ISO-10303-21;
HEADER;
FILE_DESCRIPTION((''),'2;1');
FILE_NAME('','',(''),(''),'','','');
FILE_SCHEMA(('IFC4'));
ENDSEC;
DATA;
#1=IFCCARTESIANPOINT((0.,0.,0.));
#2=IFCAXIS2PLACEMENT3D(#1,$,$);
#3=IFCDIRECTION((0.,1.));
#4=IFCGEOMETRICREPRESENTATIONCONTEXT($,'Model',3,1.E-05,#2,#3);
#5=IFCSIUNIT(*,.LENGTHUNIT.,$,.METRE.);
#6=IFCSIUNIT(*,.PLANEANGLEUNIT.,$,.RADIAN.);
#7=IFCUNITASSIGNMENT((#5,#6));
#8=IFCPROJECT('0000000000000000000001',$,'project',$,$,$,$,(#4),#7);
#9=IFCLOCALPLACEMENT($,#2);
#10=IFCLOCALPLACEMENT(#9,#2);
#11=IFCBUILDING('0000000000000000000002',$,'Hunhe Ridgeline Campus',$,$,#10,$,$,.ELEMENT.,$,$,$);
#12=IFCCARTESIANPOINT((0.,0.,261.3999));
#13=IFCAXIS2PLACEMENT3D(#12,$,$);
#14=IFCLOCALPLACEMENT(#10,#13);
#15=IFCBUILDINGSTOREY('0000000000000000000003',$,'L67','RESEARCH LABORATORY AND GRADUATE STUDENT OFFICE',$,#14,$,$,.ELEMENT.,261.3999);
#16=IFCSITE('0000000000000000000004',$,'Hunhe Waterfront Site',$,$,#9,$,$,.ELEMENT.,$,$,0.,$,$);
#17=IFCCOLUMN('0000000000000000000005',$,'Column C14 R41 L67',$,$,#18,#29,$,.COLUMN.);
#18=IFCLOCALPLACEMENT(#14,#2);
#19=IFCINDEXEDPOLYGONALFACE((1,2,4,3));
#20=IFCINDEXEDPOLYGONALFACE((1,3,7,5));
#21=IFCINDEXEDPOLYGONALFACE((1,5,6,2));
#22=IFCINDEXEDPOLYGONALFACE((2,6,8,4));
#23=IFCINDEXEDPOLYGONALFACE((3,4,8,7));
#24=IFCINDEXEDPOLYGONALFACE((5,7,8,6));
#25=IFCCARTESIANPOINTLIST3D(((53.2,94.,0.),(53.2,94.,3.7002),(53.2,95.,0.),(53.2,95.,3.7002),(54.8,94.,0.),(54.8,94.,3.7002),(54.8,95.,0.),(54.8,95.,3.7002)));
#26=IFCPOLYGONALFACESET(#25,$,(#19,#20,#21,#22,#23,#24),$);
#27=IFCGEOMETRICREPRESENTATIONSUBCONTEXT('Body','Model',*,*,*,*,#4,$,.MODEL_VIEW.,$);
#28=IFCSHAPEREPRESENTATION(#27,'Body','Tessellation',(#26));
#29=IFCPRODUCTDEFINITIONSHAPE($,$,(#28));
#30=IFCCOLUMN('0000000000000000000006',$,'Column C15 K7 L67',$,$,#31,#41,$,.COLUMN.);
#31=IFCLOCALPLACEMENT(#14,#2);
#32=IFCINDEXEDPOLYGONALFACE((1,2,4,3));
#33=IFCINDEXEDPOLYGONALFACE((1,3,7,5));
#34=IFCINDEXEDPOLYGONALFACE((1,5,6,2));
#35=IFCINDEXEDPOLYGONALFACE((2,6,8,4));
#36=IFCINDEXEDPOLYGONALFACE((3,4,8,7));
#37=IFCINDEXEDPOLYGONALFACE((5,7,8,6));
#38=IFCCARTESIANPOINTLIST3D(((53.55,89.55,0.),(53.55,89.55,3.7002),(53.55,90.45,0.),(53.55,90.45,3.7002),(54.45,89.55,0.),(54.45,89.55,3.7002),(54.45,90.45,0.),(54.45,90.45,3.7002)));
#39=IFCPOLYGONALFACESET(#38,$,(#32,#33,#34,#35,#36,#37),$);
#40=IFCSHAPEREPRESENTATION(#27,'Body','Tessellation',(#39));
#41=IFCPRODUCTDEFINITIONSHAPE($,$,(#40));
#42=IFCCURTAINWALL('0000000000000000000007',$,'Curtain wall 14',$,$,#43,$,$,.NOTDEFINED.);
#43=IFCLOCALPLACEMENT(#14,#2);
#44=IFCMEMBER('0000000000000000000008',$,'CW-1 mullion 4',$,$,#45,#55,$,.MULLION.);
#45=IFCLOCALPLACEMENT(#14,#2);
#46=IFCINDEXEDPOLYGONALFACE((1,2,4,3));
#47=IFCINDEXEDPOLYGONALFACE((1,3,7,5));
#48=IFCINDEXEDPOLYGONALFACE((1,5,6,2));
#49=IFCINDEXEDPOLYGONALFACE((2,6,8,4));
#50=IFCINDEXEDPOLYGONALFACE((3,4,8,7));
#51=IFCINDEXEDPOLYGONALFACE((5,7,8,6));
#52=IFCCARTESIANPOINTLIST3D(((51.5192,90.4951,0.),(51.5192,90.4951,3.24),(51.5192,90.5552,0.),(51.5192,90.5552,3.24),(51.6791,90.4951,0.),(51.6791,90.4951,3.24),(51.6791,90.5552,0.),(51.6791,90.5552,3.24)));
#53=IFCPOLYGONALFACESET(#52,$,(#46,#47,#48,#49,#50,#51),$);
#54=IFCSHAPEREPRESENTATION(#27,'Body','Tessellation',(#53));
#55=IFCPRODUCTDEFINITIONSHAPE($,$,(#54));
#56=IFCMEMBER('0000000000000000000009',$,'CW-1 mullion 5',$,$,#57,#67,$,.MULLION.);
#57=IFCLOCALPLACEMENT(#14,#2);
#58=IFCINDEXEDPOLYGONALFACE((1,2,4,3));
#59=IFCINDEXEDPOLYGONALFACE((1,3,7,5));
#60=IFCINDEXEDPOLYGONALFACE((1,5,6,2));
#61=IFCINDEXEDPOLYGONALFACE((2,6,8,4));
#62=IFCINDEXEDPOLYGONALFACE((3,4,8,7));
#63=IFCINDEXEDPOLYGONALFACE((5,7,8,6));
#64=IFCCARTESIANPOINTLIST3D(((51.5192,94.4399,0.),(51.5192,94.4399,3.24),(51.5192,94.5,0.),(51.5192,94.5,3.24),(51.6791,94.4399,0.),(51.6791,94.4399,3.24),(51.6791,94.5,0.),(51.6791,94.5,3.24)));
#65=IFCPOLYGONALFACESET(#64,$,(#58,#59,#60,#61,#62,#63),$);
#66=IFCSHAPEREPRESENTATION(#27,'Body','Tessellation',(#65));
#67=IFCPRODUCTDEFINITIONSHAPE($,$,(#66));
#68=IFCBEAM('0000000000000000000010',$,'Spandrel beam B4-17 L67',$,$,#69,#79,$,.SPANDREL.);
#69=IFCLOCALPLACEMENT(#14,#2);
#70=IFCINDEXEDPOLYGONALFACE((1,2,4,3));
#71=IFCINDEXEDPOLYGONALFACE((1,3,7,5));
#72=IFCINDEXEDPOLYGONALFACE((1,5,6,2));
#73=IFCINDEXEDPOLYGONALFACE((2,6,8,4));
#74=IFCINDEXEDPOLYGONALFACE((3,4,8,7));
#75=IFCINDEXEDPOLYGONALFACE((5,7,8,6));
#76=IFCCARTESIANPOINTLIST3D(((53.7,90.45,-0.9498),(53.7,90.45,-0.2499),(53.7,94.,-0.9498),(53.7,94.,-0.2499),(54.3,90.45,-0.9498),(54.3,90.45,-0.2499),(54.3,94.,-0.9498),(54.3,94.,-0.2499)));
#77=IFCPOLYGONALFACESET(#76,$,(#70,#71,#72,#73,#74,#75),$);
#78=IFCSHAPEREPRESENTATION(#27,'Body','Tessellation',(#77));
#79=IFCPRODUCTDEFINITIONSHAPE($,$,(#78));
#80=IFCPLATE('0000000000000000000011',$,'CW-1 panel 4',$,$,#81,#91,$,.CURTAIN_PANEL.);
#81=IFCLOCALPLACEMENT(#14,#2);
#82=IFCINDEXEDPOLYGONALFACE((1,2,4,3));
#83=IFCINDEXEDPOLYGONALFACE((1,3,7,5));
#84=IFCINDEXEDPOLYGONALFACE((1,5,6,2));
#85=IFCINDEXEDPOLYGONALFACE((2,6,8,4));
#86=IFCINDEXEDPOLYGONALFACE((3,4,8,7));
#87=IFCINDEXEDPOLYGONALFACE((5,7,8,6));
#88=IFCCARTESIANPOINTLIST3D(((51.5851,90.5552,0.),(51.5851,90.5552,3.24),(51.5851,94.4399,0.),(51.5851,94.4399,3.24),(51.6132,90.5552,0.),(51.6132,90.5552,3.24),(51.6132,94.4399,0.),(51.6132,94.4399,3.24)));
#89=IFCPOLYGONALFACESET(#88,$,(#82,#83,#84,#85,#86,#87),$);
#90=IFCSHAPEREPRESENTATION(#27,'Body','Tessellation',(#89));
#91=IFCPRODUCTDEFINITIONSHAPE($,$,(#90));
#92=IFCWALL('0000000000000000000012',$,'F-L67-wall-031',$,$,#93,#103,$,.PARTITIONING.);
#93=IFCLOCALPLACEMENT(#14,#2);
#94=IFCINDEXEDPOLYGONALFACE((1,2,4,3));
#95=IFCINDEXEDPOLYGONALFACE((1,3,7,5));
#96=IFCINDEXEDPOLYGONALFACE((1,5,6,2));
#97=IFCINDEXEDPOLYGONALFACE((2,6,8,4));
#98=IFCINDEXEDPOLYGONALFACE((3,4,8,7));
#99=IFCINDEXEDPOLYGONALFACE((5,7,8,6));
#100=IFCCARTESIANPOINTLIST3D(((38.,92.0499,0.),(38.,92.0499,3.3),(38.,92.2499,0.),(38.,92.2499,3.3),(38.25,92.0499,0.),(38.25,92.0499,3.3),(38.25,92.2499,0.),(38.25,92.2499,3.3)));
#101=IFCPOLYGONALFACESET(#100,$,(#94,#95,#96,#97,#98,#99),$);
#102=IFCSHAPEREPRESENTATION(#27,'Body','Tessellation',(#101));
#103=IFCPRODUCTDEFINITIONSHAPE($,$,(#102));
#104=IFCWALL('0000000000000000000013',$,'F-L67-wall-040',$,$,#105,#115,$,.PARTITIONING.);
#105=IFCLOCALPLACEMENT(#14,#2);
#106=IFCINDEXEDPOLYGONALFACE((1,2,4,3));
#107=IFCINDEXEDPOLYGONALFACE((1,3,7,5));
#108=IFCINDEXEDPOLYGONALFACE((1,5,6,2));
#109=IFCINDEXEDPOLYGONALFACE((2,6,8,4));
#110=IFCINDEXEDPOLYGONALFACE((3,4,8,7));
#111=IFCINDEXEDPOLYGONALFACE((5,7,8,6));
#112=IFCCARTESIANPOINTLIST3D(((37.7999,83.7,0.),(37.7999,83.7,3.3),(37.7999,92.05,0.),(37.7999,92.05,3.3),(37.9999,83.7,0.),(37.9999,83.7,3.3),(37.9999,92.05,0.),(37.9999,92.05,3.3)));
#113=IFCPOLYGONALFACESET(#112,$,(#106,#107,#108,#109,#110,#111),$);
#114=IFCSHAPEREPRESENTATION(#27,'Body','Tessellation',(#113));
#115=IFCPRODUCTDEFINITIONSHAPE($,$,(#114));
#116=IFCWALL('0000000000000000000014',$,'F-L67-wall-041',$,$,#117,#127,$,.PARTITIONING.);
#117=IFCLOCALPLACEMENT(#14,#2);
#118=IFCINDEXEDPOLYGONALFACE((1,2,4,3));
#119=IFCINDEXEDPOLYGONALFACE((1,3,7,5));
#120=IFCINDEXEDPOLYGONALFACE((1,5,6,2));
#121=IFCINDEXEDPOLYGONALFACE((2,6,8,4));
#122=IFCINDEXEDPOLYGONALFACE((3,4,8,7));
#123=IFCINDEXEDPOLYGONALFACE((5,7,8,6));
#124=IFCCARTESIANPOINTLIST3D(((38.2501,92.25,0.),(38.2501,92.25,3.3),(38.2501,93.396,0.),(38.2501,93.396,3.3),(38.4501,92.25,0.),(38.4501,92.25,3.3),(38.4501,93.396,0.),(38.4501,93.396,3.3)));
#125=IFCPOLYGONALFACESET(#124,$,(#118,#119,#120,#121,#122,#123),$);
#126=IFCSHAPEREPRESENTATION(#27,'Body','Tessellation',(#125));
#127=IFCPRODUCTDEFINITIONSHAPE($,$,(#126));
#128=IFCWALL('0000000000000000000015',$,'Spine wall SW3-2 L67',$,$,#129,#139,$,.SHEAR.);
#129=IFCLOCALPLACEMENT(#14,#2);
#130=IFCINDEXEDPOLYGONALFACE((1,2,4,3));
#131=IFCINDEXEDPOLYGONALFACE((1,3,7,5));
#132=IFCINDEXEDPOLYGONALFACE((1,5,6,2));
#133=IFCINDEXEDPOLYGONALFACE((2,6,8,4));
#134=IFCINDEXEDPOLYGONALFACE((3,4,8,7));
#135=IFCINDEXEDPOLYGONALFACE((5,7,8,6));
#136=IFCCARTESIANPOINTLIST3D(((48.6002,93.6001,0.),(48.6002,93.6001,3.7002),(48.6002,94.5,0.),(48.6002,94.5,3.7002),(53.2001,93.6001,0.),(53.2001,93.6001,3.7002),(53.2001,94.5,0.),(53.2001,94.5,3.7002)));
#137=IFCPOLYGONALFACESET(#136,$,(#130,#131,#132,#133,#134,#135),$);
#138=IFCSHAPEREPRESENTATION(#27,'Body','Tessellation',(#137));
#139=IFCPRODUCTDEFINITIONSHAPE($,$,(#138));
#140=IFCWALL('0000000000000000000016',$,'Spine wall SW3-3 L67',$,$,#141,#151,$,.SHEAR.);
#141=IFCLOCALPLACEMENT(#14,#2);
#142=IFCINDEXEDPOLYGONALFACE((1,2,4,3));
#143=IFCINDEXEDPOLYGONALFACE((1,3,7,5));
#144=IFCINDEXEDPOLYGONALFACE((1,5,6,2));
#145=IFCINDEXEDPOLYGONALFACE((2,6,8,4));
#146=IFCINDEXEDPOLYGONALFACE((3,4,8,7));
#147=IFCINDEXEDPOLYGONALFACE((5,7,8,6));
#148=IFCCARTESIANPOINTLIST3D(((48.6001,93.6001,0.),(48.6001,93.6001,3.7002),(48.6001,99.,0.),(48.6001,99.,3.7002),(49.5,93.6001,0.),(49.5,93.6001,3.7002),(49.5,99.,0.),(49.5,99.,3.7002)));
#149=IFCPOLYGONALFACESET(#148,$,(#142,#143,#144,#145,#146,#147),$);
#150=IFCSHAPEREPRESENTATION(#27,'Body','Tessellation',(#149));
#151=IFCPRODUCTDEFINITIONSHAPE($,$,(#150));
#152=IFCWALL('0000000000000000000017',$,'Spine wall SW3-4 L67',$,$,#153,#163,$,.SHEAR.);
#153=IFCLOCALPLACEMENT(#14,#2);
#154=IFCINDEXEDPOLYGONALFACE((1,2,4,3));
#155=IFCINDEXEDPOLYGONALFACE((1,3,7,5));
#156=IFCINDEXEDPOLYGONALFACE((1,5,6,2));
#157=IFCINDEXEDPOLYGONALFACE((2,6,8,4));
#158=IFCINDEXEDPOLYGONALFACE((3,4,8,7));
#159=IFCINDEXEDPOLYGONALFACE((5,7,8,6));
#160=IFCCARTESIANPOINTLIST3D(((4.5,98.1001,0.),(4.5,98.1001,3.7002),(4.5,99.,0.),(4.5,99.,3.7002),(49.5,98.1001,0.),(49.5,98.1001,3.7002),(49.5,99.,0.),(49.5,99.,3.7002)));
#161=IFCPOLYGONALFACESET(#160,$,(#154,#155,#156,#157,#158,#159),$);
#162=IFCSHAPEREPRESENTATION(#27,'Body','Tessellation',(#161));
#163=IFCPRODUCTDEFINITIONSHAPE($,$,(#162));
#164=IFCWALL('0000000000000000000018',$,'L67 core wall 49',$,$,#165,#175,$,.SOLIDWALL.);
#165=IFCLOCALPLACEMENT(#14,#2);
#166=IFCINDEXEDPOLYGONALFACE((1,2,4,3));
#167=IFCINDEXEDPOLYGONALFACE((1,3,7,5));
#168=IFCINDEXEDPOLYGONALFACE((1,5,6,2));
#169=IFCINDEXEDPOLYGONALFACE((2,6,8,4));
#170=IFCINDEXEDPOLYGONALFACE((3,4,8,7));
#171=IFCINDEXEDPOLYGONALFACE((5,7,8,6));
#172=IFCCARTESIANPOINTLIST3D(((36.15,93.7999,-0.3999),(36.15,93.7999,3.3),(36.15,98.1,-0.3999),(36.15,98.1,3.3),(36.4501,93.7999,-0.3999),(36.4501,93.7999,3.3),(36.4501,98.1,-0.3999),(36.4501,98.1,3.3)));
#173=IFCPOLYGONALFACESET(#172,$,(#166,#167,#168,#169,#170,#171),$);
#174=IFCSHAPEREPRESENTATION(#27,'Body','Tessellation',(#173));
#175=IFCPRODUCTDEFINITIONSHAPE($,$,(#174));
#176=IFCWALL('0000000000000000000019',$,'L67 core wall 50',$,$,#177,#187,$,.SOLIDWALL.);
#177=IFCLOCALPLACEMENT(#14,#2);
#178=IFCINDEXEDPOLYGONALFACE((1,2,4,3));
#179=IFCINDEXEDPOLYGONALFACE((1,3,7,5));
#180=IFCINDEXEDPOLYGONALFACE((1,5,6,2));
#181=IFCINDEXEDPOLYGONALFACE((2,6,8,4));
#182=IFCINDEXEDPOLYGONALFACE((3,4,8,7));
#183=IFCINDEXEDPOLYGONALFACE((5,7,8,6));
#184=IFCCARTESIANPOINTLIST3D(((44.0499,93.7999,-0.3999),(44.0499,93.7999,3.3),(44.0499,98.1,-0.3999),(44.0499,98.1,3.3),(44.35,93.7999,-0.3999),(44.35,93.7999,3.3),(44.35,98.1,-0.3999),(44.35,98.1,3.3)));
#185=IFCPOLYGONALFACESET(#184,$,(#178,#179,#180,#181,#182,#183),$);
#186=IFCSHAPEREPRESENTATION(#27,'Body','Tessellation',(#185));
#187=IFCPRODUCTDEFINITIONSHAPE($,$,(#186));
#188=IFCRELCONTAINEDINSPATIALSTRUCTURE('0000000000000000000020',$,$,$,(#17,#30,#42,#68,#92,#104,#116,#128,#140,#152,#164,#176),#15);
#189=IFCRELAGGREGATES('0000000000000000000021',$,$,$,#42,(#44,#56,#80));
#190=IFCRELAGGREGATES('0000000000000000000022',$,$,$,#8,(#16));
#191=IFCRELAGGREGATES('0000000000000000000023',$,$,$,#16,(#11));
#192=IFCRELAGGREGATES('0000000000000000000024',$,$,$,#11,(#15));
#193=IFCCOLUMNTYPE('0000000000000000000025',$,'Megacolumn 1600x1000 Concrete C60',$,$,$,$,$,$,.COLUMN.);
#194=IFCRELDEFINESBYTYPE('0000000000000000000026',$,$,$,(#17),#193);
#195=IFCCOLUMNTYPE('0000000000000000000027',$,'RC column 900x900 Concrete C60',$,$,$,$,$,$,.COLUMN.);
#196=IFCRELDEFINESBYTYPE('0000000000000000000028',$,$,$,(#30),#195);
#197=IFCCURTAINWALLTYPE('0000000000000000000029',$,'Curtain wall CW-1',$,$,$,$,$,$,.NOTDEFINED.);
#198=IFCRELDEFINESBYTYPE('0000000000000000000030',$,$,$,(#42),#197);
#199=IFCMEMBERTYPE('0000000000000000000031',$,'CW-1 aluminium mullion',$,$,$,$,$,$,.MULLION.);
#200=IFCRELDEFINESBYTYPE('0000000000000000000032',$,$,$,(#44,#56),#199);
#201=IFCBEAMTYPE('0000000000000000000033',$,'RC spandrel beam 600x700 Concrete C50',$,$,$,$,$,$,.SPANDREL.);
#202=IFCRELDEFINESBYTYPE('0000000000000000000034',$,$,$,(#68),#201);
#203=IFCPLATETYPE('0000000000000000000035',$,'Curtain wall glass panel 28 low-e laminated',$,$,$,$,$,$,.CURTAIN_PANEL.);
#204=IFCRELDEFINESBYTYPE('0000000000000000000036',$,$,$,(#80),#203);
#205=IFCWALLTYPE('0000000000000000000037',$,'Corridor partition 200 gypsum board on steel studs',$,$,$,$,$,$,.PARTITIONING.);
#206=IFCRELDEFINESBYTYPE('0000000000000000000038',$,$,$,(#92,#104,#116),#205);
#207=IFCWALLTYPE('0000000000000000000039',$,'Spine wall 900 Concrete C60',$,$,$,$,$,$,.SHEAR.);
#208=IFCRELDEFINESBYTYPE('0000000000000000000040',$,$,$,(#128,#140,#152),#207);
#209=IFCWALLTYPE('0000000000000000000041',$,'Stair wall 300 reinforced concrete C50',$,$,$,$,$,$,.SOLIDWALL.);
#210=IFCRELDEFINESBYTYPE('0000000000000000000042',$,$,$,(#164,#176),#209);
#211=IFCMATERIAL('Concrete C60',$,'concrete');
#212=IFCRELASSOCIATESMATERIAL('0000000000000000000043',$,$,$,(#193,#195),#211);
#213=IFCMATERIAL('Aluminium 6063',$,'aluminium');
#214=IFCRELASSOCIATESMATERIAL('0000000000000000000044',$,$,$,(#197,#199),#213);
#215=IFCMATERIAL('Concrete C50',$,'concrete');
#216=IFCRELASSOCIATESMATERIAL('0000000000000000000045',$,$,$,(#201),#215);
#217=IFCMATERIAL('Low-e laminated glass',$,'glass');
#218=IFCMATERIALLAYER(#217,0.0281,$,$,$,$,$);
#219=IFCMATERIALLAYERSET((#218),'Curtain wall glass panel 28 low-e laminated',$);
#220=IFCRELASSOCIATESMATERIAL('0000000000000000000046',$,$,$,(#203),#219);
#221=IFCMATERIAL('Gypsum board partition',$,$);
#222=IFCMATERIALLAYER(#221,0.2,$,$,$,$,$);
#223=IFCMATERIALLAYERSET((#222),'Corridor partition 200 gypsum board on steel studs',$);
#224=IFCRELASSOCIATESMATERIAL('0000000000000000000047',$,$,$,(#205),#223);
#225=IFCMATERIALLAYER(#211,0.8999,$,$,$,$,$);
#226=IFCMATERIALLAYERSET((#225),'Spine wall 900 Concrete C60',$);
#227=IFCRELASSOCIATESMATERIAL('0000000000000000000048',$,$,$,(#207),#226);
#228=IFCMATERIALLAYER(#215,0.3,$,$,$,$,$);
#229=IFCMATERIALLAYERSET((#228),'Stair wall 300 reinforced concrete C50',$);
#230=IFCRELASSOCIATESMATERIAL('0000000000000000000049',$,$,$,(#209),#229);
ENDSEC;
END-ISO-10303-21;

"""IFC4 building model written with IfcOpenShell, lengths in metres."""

from ifc_helpers import new_model, si_unit, direction, frame, frame_2d, origin, origin_2d, place, context, subcontext, project, spatial, rectangle, extrude, material, layer, layer_set, material_profile, profile_set, type_object, element, aggregate, save


model = new_model("IFC4")

# Units and contexts
model_context = context("Model", 3, precision=1e-05, world=origin(), true_north=direction((0.0, 1.0)))
body_context = subcontext(model_context, "Body", "Model", "MODEL_VIEW")
ifc_project = project(units=[si_unit("LENGTHUNIT", "METRE"), si_unit("PLANEANGLEUNIT", "RADIAN")], contexts=[model_context])

# Site, building, storey
site_placement = place(None, origin())
site = spatial("IfcSite", under=ifc_project, at=site_placement, Name="Hunhe Waterfront Site", CompositionType="ELEMENT", RefElevation=0.0)
building_placement = place(site_placement, origin())
building = spatial("IfcBuilding", under=site, at=building_placement, Name="Hunhe Ridgeline Campus", CompositionType="ELEMENT")
storey_placement = place(building_placement, frame((0.0, 0.0, 261.3999)))
storey = spatial("IfcBuildingStorey", under=building, at=storey_placement, Name="L67", Description="RESEARCH LABORATORY AND GRADUATE STUDENT OFFICE", CompositionType="ELEMENT", Elevation=261.3999)

# Columns
ifc_material_1 = material(Name="Concrete C60", Category="concrete")
ifc_material_profile_1 = material_profile(ifc_material_1, rectangle(XDim=1.6001, YDim=1.0, at=origin_2d()))
ifc_profile_set_1 = profile_set([ifc_material_profile_1], Name="Concrete C60")
column_type_1 = type_object("IfcColumnType", Name="Megacolumn 1600x1000 Concrete C60", PredefinedType="COLUMN", material=ifc_profile_set_1)
column_1_placement = place(storey_placement, frame((54.0, 94.5, 0.0), z_axis=(0.0, 0.0, 1.0), x_axis=(1.0, 0.0, 0.0)))
element("IfcColumn", 1, at=column_1_placement, inside=storey, type_object=column_type_1, Name="Column C14 R41 L67", PredefinedType="COLUMN", context=body_context, shape_type="SweptSolid", body=[
    extrude(rectangle(XDim=1.6001, YDim=1.0, at=origin_2d()), origin(), (0.0, 0.0, 1.0), 3.7002),
])
ifc_material_profile_2 = material_profile(ifc_material_1, rectangle(XDim=0.8999, YDim=0.8999, at=origin_2d()))
ifc_profile_set_2 = profile_set([ifc_material_profile_2], Name="Concrete C60")
column_type_2 = type_object("IfcColumnType", Name="RC column 900x900 Concrete C60", PredefinedType="COLUMN", material=ifc_profile_set_2)
column_2_placement = place(storey_placement, frame((54.0, 90.0, 0.0), z_axis=(0.0, 0.0, 1.0), x_axis=(1.0, 0.0, 0.0)))
element("IfcColumn", 2, at=column_2_placement, inside=storey, type_object=column_type_2, Name="Column C15 K7 L67", PredefinedType="COLUMN", context=body_context, shape_type="SweptSolid", body=[
    extrude(rectangle(XDim=0.8999, YDim=0.8999, at=origin_2d()), origin(), (0.0, 0.0, 1.0), 3.7002),
])

# Curtain wall, members
ifc_material_2 = material(Name="Aluminium 6063", Category="aluminium")
curtain_wall_type = type_object("IfcCurtainWallType", Name="Curtain wall CW-1", PredefinedType="NOTDEFINED", material=ifc_material_2)
curtain_wall_placement = place(storey_placement, origin())
curtain_wall = element("IfcCurtainWall", 3, at=curtain_wall_placement, inside=storey, type_object=curtain_wall_type, Name="Curtain wall 14", PredefinedType="NOTDEFINED")
ifc_material_profile_3 = material_profile(ifc_material_2, rectangle(XDim=0.1599, YDim=0.0601, at=origin_2d()))
ifc_profile_set_3 = profile_set([ifc_material_profile_3], Name="Aluminium 6063")
member_type = type_object("IfcMemberType", Name="CW-1 aluminium mullion", PredefinedType="MULLION", material=ifc_profile_set_3)
member_1_placement = place(storey_placement, frame((51.5991, 90.5251, 0.0), z_axis=(0.0, 0.0, 1.0), x_axis=(-1.0, 0.0, 0.0)))
member_1 = element("IfcMember", 4, at=member_1_placement, type_object=member_type, Name="CW-1 mullion 4", PredefinedType="MULLION", context=body_context, shape_type="SweptSolid", body=[
    extrude(rectangle(XDim=0.1599, YDim=0.0601, at=origin_2d()), origin(), (0.0, 0.0, 1.0), 3.24),
])
member_2_placement = place(storey_placement, frame((51.5991, 94.47, 0.0), z_axis=(0.0, 0.0, 1.0), x_axis=(-1.0, 0.0, 0.0)))
member_2 = element("IfcMember", 5, at=member_2_placement, type_object=member_type, Name="CW-1 mullion 5", PredefinedType="MULLION", context=body_context, shape_type="SweptSolid", body=[
    extrude(rectangle(XDim=0.1599, YDim=0.0601, at=origin_2d()), origin(), (0.0, 0.0, 1.0), 3.24),
])

# Beam
ifc_material_3 = material(Name="Concrete C50", Category="concrete")
ifc_material_profile_4 = material_profile(ifc_material_3, rectangle(XDim=0.6001, YDim=0.7, at=origin_2d()))
ifc_profile_set_4 = profile_set([ifc_material_profile_4], Name="Concrete C50")
beam_type = type_object("IfcBeamType", Name="RC spandrel beam 600x700 Concrete C50", PredefinedType="SPANDREL", material=ifc_profile_set_4)
beam_placement = place(storey_placement, frame((54.0, 90.45, -0.5999), z_axis=(0.0, 1.0, 0.0), x_axis=(-1.0, 0.0, 0.0)))
element("IfcBeam", 6, at=beam_placement, inside=storey, type_object=beam_type, Name="Spandrel beam B4-17 L67", PredefinedType="SPANDREL", context=body_context, shape_type="SweptSolid", body=[
    extrude(rectangle(XDim=0.6001, YDim=0.7, at=origin_2d()), origin(), (0.0, 0.0, 1.0), 3.55),
])

# Plate
ifc_material_4 = material(Name="Low-e laminated glass", Category="glass")
ifc_layer_1 = layer(ifc_material_4, 0.0281)
ifc_layer_set_1 = layer_set([ifc_layer_1], Name="Curtain wall glass panel 28 low-e laminated")
plate_type = type_object("IfcPlateType", Name="Curtain wall glass panel 28 low-e laminated", PredefinedType="CURTAIN_PANEL", material=ifc_layer_set_1)
plate_placement = place(storey_placement, frame((51.5991, 92.4976, 0.0), z_axis=(0.0, 0.0, 1.0), x_axis=(0.0, 1.0, 0.0)))
plate = element("IfcPlate", 7, at=plate_placement, type_object=plate_type, Name="CW-1 panel 4", PredefinedType="CURTAIN_PANEL", context=body_context, shape_type="SweptSolid", body=[
    extrude(rectangle(XDim=3.8848, YDim=0.0281, at=origin_2d()), origin(), (0.0, 0.0, 1.0), 3.24),
])
aggregate(curtain_wall, [member_1, member_2, plate])

# Walls
ifc_material_5 = material(Name="Gypsum board partition")
ifc_layer_2 = layer(ifc_material_5, 0.2)
ifc_layer_set_2 = layer_set([ifc_layer_2], Name="Corridor partition 200 gypsum board on steel studs")
wall_type_1 = type_object("IfcWallType", Name="Corridor partition 200 gypsum board on steel studs", PredefinedType="PARTITIONING", material=ifc_layer_set_2)
wall_1_placement = place(storey_placement, frame((38.25, 92.1499, 0.0), z_axis=(0.0, 0.0, 1.0), x_axis=(-1.0, 0.0, 0.0)))
element("IfcWall", 8, at=wall_1_placement, inside=storey, type_object=wall_type_1, Name="F-L67-wall-031", PredefinedType="PARTITIONING", context=body_context, shape_type="SweptSolid", body=[
    extrude(rectangle(XDim=0.25, YDim=0.2, at=frame_2d((0.125, 0.0))), origin(), (0.0, 0.0, 1.0), 3.3),
])
wall_2_placement = place(storey_placement, frame((37.8999, 92.05, 0.0), z_axis=(0.0, 0.0, 1.0), x_axis=(0.0, -1.0, 0.0)))
element("IfcWall", 9, at=wall_2_placement, inside=storey, type_object=wall_type_1, Name="F-L67-wall-040", PredefinedType="PARTITIONING", context=body_context, shape_type="SweptSolid", body=[
    extrude(rectangle(XDim=8.3501, YDim=0.2, at=frame_2d((4.175, 0.0))), origin(), (0.0, 0.0, 1.0), 3.3),
])
wall_3_placement = place(storey_placement, frame((38.3501, 93.396, 0.0), z_axis=(0.0, 0.0, 1.0), x_axis=(0.0, -1.0, 0.0)))
element("IfcWall", 10, at=wall_3_placement, inside=storey, type_object=wall_type_1, Name="F-L67-wall-041", PredefinedType="PARTITIONING", context=body_context, shape_type="SweptSolid", body=[
    extrude(rectangle(XDim=1.146, YDim=0.2, at=frame_2d((0.573, 0.0))), origin(), (0.0, 0.0, 1.0), 3.3),
])
ifc_layer_3 = layer(ifc_material_1, 0.8999)
ifc_layer_set_3 = layer_set([ifc_layer_3], Name="Spine wall 900 Concrete C60")
wall_type_2 = type_object("IfcWallType", Name="Spine wall 900 Concrete C60", PredefinedType="SHEAR", material=ifc_layer_set_3)
wall_4_placement = place(storey_placement, frame((53.2, 94.05, 0.0), z_axis=(0.0, 0.0, 1.0), x_axis=(-1.0, 0.0, 0.0)))
element("IfcWall", 11, at=wall_4_placement, inside=storey, type_object=wall_type_2, Name="Spine wall SW3-2 L67", PredefinedType="SHEAR", context=body_context, shape_type="SweptSolid", body=[
    extrude(rectangle(XDim=4.5999, YDim=0.8999, at=frame_2d((2.2998, 0.0))), origin(), (0.0, 0.0, 1.0), 3.7002),
])
wall_5_placement = place(storey_placement, frame((49.05, 93.6001, 0.0), z_axis=(0.0, 0.0, 1.0), x_axis=(0.0, 1.0, 0.0)))
element("IfcWall", 12, at=wall_5_placement, inside=storey, type_object=wall_type_2, Name="Spine wall SW3-3 L67", PredefinedType="SHEAR", context=body_context, shape_type="SweptSolid", body=[
    extrude(rectangle(XDim=5.3999, YDim=0.8999, at=frame_2d((2.7, 0.0))), origin(), (0.0, 0.0, 1.0), 3.7002),
])
wall_6_placement = place(storey_placement, frame((49.5, 98.55, 0.0), z_axis=(0.0, 0.0, 1.0), x_axis=(-1.0, 0.0, 0.0)))
element("IfcWall", 13, at=wall_6_placement, inside=storey, type_object=wall_type_2, Name="Spine wall SW3-4 L67", PredefinedType="SHEAR", context=body_context, shape_type="SweptSolid", body=[
    extrude(rectangle(XDim=45.0, YDim=0.8999, at=frame_2d((22.5, 0.0))), origin(), (0.0, 0.0, 1.0), 3.7002),
])

# Shared definitions
ifc_layer_4 = layer(ifc_material_3, 0.3)
ifc_layer_set_4 = layer_set([ifc_layer_4], Name="Stair wall 300 reinforced concrete C50")
wall_type_3 = type_object("IfcWallType", Name="Stair wall 300 reinforced concrete C50", PredefinedType="SOLIDWALL", material=ifc_layer_set_4)

# Walls
for number, where, z_axis, x_axis, name in (
    (14, (36.3, 93.8, -0.3999), (0.0, 0.0, 1.0), (0.0, 1.0, 0.0), "L67 core wall 49"),
    (15, (44.2, 93.8, -0.3999), (0.0, 0.0, 1.0), (0.0, 1.0, 0.0), "L67 core wall 50"),
):
    element("IfcWall", number, at=place(storey_placement, frame(where, z_axis=z_axis, x_axis=x_axis)), inside=storey, type_object=wall_type_3, Name=name, PredefinedType="SOLIDWALL", context=body_context, shape_type="SweptSolid", body=[
        extrude(rectangle(XDim=4.3, YDim=0.3, at=frame_2d((2.1499, 0.0))), origin(), (0.0, 0.0, 1.0), 3.7),
    ])

save(model, "model.ifc")
